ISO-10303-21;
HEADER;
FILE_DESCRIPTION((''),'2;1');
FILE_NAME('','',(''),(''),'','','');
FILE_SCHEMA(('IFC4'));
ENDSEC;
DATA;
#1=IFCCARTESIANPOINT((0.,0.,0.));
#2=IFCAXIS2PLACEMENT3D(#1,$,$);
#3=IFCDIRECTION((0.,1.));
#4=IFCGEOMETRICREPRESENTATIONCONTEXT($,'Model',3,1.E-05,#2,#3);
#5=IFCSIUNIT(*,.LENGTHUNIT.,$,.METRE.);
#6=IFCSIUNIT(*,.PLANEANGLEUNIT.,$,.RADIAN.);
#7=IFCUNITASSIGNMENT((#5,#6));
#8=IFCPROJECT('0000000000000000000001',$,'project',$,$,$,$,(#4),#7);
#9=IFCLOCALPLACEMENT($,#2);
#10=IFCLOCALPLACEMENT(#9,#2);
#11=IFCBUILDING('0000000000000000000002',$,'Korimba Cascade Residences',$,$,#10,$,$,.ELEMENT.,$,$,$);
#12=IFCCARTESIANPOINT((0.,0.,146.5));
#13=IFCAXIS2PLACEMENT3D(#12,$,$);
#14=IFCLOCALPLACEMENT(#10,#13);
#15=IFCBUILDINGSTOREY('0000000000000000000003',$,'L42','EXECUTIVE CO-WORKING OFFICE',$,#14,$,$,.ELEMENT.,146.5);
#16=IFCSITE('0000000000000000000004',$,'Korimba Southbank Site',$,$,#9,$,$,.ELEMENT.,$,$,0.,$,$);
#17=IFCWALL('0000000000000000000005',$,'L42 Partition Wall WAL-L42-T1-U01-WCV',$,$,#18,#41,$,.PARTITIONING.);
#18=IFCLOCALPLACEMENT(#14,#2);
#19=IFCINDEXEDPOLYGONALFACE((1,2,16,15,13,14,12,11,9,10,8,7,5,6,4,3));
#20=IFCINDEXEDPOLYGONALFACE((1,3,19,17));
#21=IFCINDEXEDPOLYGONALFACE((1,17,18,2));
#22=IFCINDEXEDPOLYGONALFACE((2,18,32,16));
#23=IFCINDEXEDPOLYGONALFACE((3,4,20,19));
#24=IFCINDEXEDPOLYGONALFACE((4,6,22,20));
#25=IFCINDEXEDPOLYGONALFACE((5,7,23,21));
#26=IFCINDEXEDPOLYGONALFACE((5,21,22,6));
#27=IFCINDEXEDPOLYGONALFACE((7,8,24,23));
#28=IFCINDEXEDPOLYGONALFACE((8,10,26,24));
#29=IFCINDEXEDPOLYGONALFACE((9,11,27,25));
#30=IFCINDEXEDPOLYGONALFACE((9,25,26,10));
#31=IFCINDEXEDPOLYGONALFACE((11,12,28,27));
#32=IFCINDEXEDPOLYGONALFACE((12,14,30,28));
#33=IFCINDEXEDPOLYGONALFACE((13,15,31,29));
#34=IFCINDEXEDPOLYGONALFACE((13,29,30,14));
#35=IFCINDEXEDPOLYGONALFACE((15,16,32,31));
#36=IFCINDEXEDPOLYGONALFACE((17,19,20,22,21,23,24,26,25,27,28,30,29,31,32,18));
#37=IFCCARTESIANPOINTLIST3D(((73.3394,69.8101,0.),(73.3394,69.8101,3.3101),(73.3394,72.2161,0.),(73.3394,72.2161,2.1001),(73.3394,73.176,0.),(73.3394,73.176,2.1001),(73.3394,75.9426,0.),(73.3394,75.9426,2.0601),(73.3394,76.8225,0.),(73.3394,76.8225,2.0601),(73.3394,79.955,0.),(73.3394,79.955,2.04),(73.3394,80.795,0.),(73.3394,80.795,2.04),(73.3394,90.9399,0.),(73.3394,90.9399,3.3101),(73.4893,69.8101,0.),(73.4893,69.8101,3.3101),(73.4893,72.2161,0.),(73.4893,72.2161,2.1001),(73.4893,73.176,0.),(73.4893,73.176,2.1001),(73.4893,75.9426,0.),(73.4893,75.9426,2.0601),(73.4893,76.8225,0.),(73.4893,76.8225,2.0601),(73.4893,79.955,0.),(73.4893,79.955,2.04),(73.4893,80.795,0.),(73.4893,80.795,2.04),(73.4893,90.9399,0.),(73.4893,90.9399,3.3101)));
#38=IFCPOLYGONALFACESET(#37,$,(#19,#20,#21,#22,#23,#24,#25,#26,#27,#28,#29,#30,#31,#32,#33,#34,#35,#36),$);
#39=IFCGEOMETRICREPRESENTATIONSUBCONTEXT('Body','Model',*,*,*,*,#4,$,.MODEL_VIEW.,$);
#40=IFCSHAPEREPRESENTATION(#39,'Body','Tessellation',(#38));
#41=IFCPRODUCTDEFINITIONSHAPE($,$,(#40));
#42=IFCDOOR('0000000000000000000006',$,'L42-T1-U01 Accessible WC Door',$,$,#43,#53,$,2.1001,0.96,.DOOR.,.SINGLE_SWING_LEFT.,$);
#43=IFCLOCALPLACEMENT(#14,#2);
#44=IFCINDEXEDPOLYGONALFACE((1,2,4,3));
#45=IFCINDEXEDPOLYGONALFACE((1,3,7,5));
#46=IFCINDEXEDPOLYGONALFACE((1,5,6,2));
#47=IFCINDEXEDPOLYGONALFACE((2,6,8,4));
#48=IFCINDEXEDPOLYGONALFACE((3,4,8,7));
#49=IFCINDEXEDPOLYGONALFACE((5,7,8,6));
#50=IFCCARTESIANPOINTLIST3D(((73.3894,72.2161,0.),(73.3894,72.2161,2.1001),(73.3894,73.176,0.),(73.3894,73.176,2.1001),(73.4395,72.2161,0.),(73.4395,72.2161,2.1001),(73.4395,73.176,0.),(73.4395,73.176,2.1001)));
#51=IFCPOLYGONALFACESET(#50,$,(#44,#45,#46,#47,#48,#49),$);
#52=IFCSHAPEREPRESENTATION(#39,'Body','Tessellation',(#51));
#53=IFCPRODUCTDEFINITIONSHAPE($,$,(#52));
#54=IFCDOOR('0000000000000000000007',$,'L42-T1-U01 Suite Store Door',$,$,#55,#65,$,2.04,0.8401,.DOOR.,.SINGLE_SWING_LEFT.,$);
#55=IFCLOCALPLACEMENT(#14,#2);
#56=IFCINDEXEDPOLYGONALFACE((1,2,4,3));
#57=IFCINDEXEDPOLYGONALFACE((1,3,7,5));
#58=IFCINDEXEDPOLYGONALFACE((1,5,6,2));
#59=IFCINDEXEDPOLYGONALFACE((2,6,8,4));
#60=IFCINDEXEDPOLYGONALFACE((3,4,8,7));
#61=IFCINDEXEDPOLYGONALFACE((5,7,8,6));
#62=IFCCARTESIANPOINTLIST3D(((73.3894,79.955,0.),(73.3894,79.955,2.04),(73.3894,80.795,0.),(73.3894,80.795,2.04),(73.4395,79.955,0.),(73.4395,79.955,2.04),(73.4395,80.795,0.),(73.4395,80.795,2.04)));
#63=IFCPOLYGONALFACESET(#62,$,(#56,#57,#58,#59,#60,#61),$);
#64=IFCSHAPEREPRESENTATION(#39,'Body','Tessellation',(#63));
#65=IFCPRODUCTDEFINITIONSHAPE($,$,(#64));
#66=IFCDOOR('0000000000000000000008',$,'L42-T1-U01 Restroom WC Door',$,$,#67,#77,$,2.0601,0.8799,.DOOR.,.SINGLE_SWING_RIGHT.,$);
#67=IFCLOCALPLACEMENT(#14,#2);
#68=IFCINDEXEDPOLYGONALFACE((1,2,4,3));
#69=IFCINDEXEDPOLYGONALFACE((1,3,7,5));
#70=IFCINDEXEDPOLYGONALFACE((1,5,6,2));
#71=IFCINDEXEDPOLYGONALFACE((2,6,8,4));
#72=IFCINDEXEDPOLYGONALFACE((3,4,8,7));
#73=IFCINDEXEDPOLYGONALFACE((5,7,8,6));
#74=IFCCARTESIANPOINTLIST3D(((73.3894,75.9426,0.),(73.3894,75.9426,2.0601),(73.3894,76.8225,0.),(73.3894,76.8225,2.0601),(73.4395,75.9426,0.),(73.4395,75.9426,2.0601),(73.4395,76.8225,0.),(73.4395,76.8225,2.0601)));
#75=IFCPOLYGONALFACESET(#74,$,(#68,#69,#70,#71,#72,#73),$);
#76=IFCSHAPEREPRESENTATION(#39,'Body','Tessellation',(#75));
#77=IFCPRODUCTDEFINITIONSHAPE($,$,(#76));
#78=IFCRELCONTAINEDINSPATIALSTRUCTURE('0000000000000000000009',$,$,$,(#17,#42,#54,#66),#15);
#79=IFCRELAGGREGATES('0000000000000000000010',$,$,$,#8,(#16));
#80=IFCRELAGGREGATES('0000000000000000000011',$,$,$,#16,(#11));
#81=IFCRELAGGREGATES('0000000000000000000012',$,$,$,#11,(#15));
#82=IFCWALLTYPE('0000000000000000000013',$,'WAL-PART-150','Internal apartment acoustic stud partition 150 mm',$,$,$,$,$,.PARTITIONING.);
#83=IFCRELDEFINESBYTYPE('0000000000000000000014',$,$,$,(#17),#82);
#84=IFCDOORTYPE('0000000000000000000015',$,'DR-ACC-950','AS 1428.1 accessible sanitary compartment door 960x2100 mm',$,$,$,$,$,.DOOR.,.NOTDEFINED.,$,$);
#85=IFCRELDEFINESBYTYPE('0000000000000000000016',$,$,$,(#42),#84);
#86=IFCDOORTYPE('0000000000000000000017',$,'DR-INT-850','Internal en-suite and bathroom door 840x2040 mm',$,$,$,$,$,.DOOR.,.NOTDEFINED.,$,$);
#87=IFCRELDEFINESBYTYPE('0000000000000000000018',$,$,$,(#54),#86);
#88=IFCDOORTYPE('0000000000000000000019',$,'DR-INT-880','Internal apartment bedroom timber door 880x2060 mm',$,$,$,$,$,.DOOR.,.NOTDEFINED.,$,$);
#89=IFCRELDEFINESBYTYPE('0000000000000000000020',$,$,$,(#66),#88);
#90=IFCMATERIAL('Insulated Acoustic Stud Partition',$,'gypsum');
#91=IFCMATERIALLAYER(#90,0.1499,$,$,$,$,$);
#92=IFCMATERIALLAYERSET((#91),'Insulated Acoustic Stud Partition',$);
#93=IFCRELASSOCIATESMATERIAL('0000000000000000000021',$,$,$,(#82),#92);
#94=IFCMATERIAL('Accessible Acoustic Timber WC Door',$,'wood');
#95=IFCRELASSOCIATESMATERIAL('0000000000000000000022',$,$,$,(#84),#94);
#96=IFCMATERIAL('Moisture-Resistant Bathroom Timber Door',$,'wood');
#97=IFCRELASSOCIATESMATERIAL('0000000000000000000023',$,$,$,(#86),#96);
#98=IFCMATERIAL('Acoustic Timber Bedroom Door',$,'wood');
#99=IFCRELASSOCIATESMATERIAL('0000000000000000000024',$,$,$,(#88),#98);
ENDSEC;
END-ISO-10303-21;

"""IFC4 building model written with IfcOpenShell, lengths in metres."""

from ifc_helpers import new_model, si_unit, direction, frame, frame_2d, origin, place, context, subcontext, project, spatial, rectangle, extrude, material, layer, layer_set, type_object, element, fill, save


model = new_model("IFC4")

# Units and contexts
model_context = context("Model", 3, precision=1e-05, world=origin(), true_north=direction((0.0, 1.0)))
body_context = subcontext(model_context, "Body", "Model", "MODEL_VIEW")
ifc_project = project(units=[si_unit("LENGTHUNIT", "METRE"), si_unit("PLANEANGLEUNIT", "RADIAN")], contexts=[model_context])

# Site, building, storey
site_placement = place(None, origin())
site = spatial("IfcSite", under=ifc_project, at=site_placement, Name="Korimba Southbank Site", CompositionType="ELEMENT", RefElevation=0.0)
building_placement = place(site_placement, origin())
building = spatial("IfcBuilding", under=site, at=building_placement, Name="Korimba Cascade Residences", CompositionType="ELEMENT")
storey_placement = place(building_placement, frame((0.0, 0.0, 146.5)))
storey = spatial("IfcBuildingStorey", under=building, at=storey_placement, Name="L42", Description="EXECUTIVE CO-WORKING OFFICE", CompositionType="ELEMENT", Elevation=146.5)

# Shared definitions
ifc_material_1 = material(Name="Insulated Acoustic Stud Partition", Category="gypsum")
ifc_layer_1 = layer(ifc_material_1, 0.1499)
ifc_layer_set_1 = layer_set([ifc_layer_1], Name="Insulated Acoustic Stud Partition")
wall_type_1 = type_object("IfcWallType", Name="WAL-PART-150", Description="Internal apartment acoustic stud partition 150 mm", PredefinedType="PARTITIONING", material=ifc_layer_set_1)

# Wall, openings, doors
wall_1_placement = place(storey_placement, frame((73.4143, 69.8101, 0.0), z_axis=(0.0, 0.0, 1.0), x_axis=(0.0, 1.0, 0.0)))
wall_1 = element("IfcWall", 1, at=wall_1_placement, inside=storey, type_object=wall_type_1, Name="L42 Partition Wall WAL-L42-T1-U01-WCV", PredefinedType="PARTITIONING", context=body_context, shape_type="SweptSolid", body=[
    extrude(rectangle(XDim=21.1299, YDim=0.1499, at=frame_2d((10.5649, 0.0))), origin(), (0.0, 0.0, 1.0), 3.3101),
])
opening_1_placement = place(wall_1_placement, frame((2.406, 0.0, 0.0)))
opening_1 = element("IfcOpeningElement", 2, at=opening_1_placement, cuts=wall_1, PredefinedType="OPENING", context=body_context, shape_type="SweptSolid", body=[
    extrude(rectangle(XDim=0.96, YDim=2.1001, at=frame_2d((0.48, 1.05))), frame((0.0, 0.085, 0.0), z_axis=(0.0, -1.0, 0.0), x_axis=(1.0, 0.0, 0.0)), (0.0, 0.0, 1.0), 0.1699),
])
opening_2_placement = place(wall_1_placement, frame((6.1326, 0.0, 0.0)))
opening_2 = element("IfcOpeningElement", 3, at=opening_2_placement, cuts=wall_1, PredefinedType="OPENING", context=body_context, shape_type="SweptSolid", body=[
    extrude(rectangle(XDim=0.8799, YDim=2.0601, at=frame_2d((0.4399, 1.03))), frame((0.0, 0.085, 0.0), z_axis=(0.0, -1.0, 0.0), x_axis=(1.0, 0.0, 0.0)), (0.0, 0.0, 1.0), 0.1699),
])
opening_3_placement = place(wall_1_placement, frame((10.145, 0.0, 0.0)))
opening_3 = element("IfcOpeningElement", 4, at=opening_3_placement, cuts=wall_1, PredefinedType="OPENING", context=body_context, shape_type="SweptSolid", body=[
    extrude(rectangle(XDim=0.8401, YDim=2.04, at=frame_2d((0.4199, 1.02))), frame((0.0, 0.085, 0.0), z_axis=(0.0, -1.0, 0.0), x_axis=(1.0, 0.0, 0.0)), (0.0, 0.0, 1.0), 0.1699),
])
ifc_material_2 = material(Name="Accessible Acoustic Timber WC Door", Category="wood")
door_type_1 = type_object("IfcDoorType", Name="DR-ACC-950", Description="AS 1428.1 accessible sanitary compartment door 960x2100 mm", OperationType="NOTDEFINED", PredefinedType="DOOR", material=ifc_material_2)
door_1_placement = place(opening_1_placement, origin())
door_1 = element("IfcDoor", 5, at=door_1_placement, inside=storey, type_object=door_type_1, Name="L42-T1-U01 Accessible WC Door", OperationType="SINGLE_SWING_LEFT", OverallHeight=2.1001, OverallWidth=0.96, PredefinedType="DOOR", context=body_context, shape_type="SweptSolid", body=[
    extrude(rectangle(XDim=0.96, YDim=2.1001, at=frame_2d((0.48, 1.05))), frame((0.0, 0.0249, 0.0), z_axis=(0.0, -1.0, 0.0), x_axis=(1.0, 0.0, 0.0)), (0.0, 0.0, 1.0), 0.05),
])
fill(opening_1, door_1)
ifc_material_3 = material(Name="Moisture-Resistant Bathroom Timber Door", Category="wood")
door_type_2 = type_object("IfcDoorType", Name="DR-INT-850", Description="Internal en-suite and bathroom door 840x2040 mm", OperationType="NOTDEFINED", PredefinedType="DOOR", material=ifc_material_3)
door_2_placement = place(opening_3_placement, origin())
door_2 = element("IfcDoor", 6, at=door_2_placement, inside=storey, type_object=door_type_2, Name="L42-T1-U01 Suite Store Door", OperationType="SINGLE_SWING_LEFT", OverallHeight=2.04, OverallWidth=0.8401, PredefinedType="DOOR", context=body_context, shape_type="SweptSolid", body=[
    extrude(rectangle(XDim=0.8401, YDim=2.04, at=frame_2d((0.4199, 1.02))), frame((0.0, 0.0249, 0.0), z_axis=(0.0, -1.0, 0.0), x_axis=(1.0, 0.0, 0.0)), (0.0, 0.0, 1.0), 0.05),
])
fill(opening_3, door_2)
ifc_material_4 = material(Name="Acoustic Timber Bedroom Door", Category="wood")
door_type_3 = type_object("IfcDoorType", Name="DR-INT-880", Description="Internal apartment bedroom timber door 880x2060 mm", OperationType="NOTDEFINED", PredefinedType="DOOR", material=ifc_material_4)
door_3_placement = place(opening_2_placement, origin())
door_3 = element("IfcDoor", 7, at=door_3_placement, inside=storey, type_object=door_type_3, Name="L42-T1-U01 Restroom WC Door", OperationType="SINGLE_SWING_RIGHT", OverallHeight=2.0601, OverallWidth=0.8799, PredefinedType="DOOR", context=body_context, shape_type="SweptSolid", body=[
    extrude(rectangle(XDim=0.8799, YDim=2.0601, at=frame_2d((0.4399, 1.03))), frame((0.0, 0.0249, 0.0), z_axis=(0.0, -1.0, 0.0), x_axis=(1.0, 0.0, 0.0)), (0.0, 0.0, 1.0), 0.05),
])
fill(opening_2, door_3)

save(model, "model.ifc")
